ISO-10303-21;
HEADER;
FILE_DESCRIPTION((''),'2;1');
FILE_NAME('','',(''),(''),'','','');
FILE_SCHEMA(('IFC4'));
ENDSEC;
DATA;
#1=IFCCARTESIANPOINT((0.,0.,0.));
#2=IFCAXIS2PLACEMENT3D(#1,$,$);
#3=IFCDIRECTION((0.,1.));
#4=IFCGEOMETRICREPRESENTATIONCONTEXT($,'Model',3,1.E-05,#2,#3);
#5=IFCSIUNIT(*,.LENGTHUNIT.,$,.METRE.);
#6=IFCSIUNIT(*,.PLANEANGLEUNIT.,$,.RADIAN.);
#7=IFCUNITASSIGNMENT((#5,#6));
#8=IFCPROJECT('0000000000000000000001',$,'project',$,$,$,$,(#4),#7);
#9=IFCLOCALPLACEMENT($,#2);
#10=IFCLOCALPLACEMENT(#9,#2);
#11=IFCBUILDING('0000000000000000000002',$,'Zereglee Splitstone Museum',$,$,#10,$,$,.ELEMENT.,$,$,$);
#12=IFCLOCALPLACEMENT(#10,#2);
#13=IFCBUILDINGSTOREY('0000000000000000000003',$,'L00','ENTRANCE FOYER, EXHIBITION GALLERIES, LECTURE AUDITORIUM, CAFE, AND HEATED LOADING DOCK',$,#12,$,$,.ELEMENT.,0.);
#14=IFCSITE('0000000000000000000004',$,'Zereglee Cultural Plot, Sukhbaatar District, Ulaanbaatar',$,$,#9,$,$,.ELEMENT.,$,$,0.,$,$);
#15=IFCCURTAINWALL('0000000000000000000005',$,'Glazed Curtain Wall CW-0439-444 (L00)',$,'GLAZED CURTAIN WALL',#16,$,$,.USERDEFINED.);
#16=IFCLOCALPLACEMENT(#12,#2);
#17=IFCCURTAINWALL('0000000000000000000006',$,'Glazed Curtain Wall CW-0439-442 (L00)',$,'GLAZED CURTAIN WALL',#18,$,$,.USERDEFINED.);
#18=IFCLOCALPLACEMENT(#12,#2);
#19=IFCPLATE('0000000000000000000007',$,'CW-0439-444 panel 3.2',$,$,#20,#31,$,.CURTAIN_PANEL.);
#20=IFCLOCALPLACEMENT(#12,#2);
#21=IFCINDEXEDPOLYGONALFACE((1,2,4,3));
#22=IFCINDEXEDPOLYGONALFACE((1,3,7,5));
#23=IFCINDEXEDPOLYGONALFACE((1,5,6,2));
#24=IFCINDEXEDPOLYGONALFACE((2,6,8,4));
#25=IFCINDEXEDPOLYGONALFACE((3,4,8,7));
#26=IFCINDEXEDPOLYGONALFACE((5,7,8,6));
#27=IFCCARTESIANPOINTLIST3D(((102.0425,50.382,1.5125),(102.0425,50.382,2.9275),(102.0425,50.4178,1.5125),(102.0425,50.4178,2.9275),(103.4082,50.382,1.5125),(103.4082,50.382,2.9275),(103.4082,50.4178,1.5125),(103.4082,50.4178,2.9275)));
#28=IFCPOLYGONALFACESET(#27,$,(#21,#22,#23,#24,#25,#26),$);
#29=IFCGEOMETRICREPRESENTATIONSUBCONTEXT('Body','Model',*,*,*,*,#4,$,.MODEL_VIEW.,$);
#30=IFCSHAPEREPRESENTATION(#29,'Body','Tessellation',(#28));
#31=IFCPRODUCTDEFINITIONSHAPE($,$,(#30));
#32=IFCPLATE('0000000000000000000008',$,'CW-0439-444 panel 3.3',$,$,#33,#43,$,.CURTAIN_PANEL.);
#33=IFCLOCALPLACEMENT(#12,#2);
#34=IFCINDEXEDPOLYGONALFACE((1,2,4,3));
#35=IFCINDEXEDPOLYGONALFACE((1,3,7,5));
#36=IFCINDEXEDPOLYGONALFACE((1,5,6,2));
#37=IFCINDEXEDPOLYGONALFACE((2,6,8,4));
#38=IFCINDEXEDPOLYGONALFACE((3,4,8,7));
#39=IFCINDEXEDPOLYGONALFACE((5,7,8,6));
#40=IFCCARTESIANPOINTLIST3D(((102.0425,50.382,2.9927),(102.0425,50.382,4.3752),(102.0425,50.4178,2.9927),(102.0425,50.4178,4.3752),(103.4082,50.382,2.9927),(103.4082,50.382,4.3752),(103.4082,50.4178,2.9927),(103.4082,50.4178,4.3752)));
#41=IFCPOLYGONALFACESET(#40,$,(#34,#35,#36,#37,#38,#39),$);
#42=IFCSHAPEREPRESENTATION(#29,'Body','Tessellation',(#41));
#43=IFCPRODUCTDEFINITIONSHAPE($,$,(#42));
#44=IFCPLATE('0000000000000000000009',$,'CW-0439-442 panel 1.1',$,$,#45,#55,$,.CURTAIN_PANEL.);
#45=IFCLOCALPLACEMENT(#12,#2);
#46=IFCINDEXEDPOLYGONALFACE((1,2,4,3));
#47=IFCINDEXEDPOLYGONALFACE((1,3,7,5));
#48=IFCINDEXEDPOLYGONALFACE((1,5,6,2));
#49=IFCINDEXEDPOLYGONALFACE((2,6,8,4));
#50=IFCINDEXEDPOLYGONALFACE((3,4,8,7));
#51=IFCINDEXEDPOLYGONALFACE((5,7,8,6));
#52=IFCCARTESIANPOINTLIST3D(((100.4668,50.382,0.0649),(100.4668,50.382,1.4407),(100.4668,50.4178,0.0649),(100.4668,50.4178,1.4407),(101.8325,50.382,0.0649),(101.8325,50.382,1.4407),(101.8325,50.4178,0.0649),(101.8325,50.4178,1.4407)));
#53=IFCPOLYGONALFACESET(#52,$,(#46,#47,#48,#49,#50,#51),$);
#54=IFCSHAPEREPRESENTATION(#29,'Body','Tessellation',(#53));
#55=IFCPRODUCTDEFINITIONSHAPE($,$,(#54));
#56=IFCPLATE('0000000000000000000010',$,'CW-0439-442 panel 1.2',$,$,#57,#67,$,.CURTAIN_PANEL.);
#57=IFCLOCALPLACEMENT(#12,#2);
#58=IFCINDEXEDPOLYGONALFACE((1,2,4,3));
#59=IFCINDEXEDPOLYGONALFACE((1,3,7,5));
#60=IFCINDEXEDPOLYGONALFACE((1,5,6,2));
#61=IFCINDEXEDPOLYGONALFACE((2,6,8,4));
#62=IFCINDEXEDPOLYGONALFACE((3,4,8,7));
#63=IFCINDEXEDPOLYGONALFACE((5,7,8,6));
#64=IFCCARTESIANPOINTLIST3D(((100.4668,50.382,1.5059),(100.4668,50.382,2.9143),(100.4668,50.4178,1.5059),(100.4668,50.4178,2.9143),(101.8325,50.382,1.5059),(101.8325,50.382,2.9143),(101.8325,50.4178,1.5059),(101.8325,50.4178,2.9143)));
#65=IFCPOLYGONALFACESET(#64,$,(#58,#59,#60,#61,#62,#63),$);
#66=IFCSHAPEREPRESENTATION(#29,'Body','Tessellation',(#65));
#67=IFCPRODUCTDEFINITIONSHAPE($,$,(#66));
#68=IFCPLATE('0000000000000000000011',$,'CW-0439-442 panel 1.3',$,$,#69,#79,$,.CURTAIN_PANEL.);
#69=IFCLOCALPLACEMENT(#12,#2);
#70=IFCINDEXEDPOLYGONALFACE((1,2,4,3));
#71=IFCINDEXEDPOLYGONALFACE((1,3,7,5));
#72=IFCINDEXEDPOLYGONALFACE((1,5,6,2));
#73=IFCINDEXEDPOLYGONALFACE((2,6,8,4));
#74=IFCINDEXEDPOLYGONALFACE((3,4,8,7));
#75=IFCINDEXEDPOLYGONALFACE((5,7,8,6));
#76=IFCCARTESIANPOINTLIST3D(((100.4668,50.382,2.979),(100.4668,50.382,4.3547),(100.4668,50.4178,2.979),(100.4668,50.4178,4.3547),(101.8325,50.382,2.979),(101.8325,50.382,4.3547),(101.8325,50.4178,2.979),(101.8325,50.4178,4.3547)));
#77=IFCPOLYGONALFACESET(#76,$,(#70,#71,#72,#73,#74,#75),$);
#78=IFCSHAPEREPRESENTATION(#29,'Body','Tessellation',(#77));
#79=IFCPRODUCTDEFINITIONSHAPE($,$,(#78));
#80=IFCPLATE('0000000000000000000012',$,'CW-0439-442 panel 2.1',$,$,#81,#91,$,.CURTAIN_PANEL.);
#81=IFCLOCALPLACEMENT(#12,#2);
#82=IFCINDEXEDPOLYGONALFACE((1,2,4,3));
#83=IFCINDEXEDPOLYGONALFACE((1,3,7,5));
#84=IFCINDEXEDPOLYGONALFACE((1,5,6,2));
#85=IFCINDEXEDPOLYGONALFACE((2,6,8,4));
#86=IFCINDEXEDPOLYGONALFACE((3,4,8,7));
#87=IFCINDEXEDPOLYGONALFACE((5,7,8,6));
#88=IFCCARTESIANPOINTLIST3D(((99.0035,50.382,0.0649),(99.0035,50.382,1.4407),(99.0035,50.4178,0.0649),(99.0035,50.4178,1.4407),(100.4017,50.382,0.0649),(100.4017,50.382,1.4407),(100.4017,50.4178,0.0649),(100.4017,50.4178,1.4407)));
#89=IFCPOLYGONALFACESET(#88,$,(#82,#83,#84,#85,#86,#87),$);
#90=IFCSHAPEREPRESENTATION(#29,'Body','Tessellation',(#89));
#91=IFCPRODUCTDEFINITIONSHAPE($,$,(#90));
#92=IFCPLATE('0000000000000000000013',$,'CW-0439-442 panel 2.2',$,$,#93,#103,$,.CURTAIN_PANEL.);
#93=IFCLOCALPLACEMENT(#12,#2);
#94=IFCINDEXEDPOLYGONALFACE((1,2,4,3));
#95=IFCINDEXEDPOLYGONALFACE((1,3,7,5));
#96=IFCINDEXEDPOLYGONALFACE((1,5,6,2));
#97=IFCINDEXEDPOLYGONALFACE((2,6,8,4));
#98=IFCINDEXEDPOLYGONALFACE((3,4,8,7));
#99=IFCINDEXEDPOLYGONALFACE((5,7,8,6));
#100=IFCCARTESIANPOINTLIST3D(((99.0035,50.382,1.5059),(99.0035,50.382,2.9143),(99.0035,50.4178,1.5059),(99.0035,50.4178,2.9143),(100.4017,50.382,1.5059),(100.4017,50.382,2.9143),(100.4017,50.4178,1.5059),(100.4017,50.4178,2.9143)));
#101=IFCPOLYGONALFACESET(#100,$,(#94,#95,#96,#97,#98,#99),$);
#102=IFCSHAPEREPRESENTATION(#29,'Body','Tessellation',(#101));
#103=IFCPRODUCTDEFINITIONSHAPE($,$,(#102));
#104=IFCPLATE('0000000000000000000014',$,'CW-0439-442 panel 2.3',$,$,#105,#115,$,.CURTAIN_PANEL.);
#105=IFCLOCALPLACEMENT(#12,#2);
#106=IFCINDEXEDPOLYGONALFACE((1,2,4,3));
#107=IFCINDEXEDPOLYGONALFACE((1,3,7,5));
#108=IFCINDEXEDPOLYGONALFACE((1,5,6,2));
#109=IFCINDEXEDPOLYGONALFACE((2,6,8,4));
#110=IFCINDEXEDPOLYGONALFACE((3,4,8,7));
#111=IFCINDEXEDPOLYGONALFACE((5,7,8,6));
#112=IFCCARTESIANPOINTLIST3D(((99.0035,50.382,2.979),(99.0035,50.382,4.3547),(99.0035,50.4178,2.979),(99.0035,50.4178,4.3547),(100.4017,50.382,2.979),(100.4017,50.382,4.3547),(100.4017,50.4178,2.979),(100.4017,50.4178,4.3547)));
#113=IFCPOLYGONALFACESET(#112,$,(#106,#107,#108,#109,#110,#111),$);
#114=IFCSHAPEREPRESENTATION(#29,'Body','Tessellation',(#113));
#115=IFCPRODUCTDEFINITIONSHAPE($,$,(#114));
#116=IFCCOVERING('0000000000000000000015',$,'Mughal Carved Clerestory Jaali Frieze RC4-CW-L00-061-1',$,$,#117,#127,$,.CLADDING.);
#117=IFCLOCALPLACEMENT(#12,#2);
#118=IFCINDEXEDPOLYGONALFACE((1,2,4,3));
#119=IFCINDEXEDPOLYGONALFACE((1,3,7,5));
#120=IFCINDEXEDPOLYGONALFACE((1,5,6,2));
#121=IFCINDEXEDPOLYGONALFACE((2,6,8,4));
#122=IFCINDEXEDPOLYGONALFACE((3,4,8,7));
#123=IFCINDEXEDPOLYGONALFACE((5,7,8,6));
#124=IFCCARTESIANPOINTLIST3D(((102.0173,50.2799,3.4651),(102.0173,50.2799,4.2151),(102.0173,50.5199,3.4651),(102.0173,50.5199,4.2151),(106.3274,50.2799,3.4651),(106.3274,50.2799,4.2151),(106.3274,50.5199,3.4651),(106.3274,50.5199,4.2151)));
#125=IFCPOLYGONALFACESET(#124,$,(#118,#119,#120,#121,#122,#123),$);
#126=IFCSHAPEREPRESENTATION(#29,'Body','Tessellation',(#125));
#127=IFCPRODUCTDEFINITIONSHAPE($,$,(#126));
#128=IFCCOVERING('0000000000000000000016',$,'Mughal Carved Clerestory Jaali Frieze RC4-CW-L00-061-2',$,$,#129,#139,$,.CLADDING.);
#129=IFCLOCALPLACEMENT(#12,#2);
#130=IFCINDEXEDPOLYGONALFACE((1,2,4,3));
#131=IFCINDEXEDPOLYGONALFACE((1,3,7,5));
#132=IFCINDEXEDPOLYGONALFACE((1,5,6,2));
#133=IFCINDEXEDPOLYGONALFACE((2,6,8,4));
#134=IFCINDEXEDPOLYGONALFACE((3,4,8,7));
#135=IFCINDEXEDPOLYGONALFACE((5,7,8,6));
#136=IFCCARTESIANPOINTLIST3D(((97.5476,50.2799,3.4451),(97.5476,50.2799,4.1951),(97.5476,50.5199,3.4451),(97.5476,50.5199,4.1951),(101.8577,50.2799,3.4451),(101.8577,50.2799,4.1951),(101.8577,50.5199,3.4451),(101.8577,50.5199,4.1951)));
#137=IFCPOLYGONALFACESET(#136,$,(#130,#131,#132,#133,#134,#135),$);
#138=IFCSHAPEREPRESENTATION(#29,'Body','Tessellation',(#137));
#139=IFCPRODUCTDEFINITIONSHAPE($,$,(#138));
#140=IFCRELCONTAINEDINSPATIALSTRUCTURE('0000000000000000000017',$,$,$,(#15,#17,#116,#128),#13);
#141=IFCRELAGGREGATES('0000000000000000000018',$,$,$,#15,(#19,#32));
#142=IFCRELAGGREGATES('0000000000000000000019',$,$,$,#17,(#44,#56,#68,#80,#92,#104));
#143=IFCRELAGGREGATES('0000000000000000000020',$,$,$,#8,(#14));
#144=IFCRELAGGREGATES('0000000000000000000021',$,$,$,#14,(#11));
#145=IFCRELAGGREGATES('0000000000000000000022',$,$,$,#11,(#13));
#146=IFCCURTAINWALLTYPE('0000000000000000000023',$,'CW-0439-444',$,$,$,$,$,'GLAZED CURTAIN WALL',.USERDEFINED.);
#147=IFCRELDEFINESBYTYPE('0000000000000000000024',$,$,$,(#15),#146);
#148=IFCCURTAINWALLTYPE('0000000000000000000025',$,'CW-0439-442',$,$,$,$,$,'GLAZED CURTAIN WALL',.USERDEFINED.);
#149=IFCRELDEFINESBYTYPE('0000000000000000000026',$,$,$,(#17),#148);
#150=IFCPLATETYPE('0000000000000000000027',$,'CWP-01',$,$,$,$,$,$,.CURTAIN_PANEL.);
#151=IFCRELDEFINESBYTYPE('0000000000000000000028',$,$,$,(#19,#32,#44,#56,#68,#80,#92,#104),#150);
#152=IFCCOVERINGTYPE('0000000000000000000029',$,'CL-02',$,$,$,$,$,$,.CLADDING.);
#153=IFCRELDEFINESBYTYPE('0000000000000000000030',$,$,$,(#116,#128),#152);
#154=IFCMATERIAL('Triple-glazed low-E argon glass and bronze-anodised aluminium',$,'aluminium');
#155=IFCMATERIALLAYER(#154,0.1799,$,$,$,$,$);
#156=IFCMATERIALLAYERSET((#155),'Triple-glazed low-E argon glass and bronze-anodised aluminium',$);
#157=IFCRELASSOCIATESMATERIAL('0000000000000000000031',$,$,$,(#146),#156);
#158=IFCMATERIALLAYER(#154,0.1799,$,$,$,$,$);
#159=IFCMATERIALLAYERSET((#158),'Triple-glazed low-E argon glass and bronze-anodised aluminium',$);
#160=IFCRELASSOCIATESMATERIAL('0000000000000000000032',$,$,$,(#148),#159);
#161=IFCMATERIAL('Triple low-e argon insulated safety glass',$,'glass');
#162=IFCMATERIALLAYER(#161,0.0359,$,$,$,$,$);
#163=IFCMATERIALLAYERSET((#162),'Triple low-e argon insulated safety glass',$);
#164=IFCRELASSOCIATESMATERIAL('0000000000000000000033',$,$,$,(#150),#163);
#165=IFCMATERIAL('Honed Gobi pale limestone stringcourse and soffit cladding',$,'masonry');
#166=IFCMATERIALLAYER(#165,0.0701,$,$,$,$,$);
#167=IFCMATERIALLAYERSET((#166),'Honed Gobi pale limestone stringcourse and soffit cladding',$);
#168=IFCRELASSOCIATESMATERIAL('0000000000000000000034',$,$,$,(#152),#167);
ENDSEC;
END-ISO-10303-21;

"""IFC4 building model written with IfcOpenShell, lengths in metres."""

from ifc_helpers import new_model, si_unit, direction, frame, origin, origin_2d, place, context, subcontext, project, spatial, rectangle, extrude, material, layer, layer_set, type_object, element, aggregate, save


model = new_model("IFC4")

# Units and contexts
model_context = context("Model", 3, precision=1e-05, world=origin(), true_north=direction((0.0, 1.0)))
body_context = subcontext(model_context, "Body", "Model", "MODEL_VIEW")
ifc_project = project(units=[si_unit("LENGTHUNIT", "METRE"), si_unit("PLANEANGLEUNIT", "RADIAN")], contexts=[model_context])

# Site, building, storey
site_placement = place(None, origin())
site = spatial("IfcSite", under=ifc_project, at=site_placement, Name="Zereglee Cultural Plot, Sukhbaatar District, Ulaanbaatar", CompositionType="ELEMENT", RefElevation=0.0)
building_placement = place(site_placement, origin())
building = spatial("IfcBuilding", under=site, at=building_placement, Name="Zereglee Splitstone Museum", CompositionType="ELEMENT")
storey_placement = place(building_placement, origin())
storey = spatial("IfcBuildingStorey", under=building, at=storey_placement, Name="L00", Description="ENTRANCE FOYER, EXHIBITION GALLERIES, LECTURE AUDITORIUM, CAFE, AND HEATED LOADING DOCK", CompositionType="ELEMENT", Elevation=0.0)

# Curtain walls
ifc_material_1 = material(Name="Triple-glazed low-E argon glass and bronze-anodised aluminium", Category="aluminium")
ifc_layer_1 = layer(ifc_material_1, 0.1799)
ifc_layer_set_1 = layer_set([ifc_layer_1], Name="Triple-glazed low-E argon glass and bronze-anodised aluminium")
curtain_wall_type_1 = type_object("IfcCurtainWallType", Name="CW-0439-444", ElementType="GLAZED CURTAIN WALL", PredefinedType="USERDEFINED", material=ifc_layer_set_1)
curtain_wall_1_placement = place(storey_placement, origin())
curtain_wall_1 = element("IfcCurtainWall", 1, at=curtain_wall_1_placement, inside=storey, type_object=curtain_wall_type_1, Name="Glazed Curtain Wall CW-0439-444 (L00)", ObjectType="GLAZED CURTAIN WALL", PredefinedType="USERDEFINED")
ifc_layer_2 = layer(ifc_material_1, 0.1799)
ifc_layer_set_2 = layer_set([ifc_layer_2], Name="Triple-glazed low-E argon glass and bronze-anodised aluminium")
curtain_wall_type_2 = type_object("IfcCurtainWallType", Name="CW-0439-442", ElementType="GLAZED CURTAIN WALL", PredefinedType="USERDEFINED", material=ifc_layer_set_2)
curtain_wall_2_placement = place(storey_placement, origin())
curtain_wall_2 = element("IfcCurtainWall", 2, at=curtain_wall_2_placement, inside=storey, type_object=curtain_wall_type_2, Name="Glazed Curtain Wall CW-0439-442 (L00)", ObjectType="GLAZED CURTAIN WALL", PredefinedType="USERDEFINED")

# Plates
ifc_material_2 = material(Name="Triple low-e argon insulated safety glass", Category="glass")
ifc_layer_3 = layer(ifc_material_2, 0.0359)
ifc_layer_set_3 = layer_set([ifc_layer_3], Name="Triple low-e argon insulated safety glass")
plate_type = type_object("IfcPlateType", Name="CWP-01", PredefinedType="CURTAIN_PANEL", material=ifc_layer_set_3)
plate_1_placement = place(storey_placement, frame((102.7253, 50.3999, 1.5125), z_axis=(0.0, 0.0, 1.0), x_axis=(-1.0, 0.0, 0.0)))
plate_1 = element("IfcPlate", 3, at=plate_1_placement, type_object=plate_type, Name="CW-0439-444 panel 3.2", PredefinedType="CURTAIN_PANEL", context=body_context, shape_type="SweptSolid", body=[
    extrude(rectangle(XDim=1.3657, YDim=0.0359, at=origin_2d()), origin(), (0.0, 0.0, 1.0), 1.415),
])
plate_2_placement = place(storey_placement, frame((102.7253, 50.3999, 2.9927), z_axis=(0.0, 0.0, 1.0), x_axis=(-1.0, 0.0, 0.0)))
plate_2 = element("IfcPlate", 4, at=plate_2_placement, type_object=plate_type, Name="CW-0439-444 panel 3.3", PredefinedType="CURTAIN_PANEL", context=body_context, shape_type="SweptSolid", body=[
    extrude(rectangle(XDim=1.3657, YDim=0.0359, at=origin_2d()), origin(), (0.0, 0.0, 1.0), 1.3826),
])
aggregate(curtain_wall_1, [plate_1, plate_2])
plate_3_placement = place(storey_placement, frame((101.1497, 50.3999, 0.0649), z_axis=(0.0, 0.0, 1.0), x_axis=(-1.0, 0.0, 0.0)))
plate_3 = element("IfcPlate", 5, at=plate_3_placement, type_object=plate_type, Name="CW-0439-442 panel 1.1", PredefinedType="CURTAIN_PANEL", context=body_context, shape_type="SweptSolid", body=[
    extrude(rectangle(XDim=1.3657, YDim=0.0359, at=origin_2d()), origin(), (0.0, 0.0, 1.0), 1.3757),
])
plate_4_placement = place(storey_placement, frame((101.1497, 50.3999, 1.5059), z_axis=(0.0, 0.0, 1.0), x_axis=(-1.0, 0.0, 0.0)))
plate_4 = element("IfcPlate", 6, at=plate_4_placement, type_object=plate_type, Name="CW-0439-442 panel 1.2", PredefinedType="CURTAIN_PANEL", context=body_context, shape_type="SweptSolid", body=[
    extrude(rectangle(XDim=1.3657, YDim=0.0359, at=origin_2d()), origin(), (0.0, 0.0, 1.0), 1.4084),
])
plate_5_placement = place(storey_placement, frame((101.1497, 50.3999, 2.979), z_axis=(0.0, 0.0, 1.0), x_axis=(-1.0, 0.0, 0.0)))
plate_5 = element("IfcPlate", 7, at=plate_5_placement, type_object=plate_type, Name="CW-0439-442 panel 1.3", PredefinedType="CURTAIN_PANEL", context=body_context, shape_type="SweptSolid", body=[
    extrude(rectangle(XDim=1.3657, YDim=0.0359, at=origin_2d()), origin(), (0.0, 0.0, 1.0), 1.3757),
])
plate_6_placement = place(storey_placement, frame((99.7026, 50.3999, 0.0649), z_axis=(0.0, 0.0, 1.0), x_axis=(-1.0, 0.0, 0.0)))
plate_6 = element("IfcPlate", 8, at=plate_6_placement, type_object=plate_type, Name="CW-0439-442 panel 2.1", PredefinedType="CURTAIN_PANEL", context=body_context, shape_type="SweptSolid", body=[
    extrude(rectangle(XDim=1.3982, YDim=0.0359, at=origin_2d()), origin(), (0.0, 0.0, 1.0), 1.3757),
])
plate_7_placement = place(storey_placement, frame((99.7026, 50.3999, 1.5059), z_axis=(0.0, 0.0, 1.0), x_axis=(-1.0, 0.0, 0.0)))
plate_7 = element("IfcPlate", 9, at=plate_7_placement, type_object=plate_type, Name="CW-0439-442 panel 2.2", PredefinedType="CURTAIN_PANEL", context=body_context, shape_type="SweptSolid", body=[
    extrude(rectangle(XDim=1.3982, YDim=0.0359, at=origin_2d()), origin(), (0.0, 0.0, 1.0), 1.4084),
])
plate_8_placement = place(storey_placement, frame((99.7026, 50.3999, 2.979), z_axis=(0.0, 0.0, 1.0), x_axis=(-1.0, 0.0, 0.0)))
plate_8 = element("IfcPlate", 10, at=plate_8_placement, type_object=plate_type, Name="CW-0439-442 panel 2.3", PredefinedType="CURTAIN_PANEL", context=body_context, shape_type="SweptSolid", body=[
    extrude(rectangle(XDim=1.3982, YDim=0.0359, at=origin_2d()), origin(), (0.0, 0.0, 1.0), 1.3757),
])
aggregate(curtain_wall_2, [plate_3, plate_4, plate_5, plate_6, plate_7, plate_8])

# Coverings
ifc_material_3 = material(Name="Honed Gobi pale limestone stringcourse and soffit cladding", Category="masonry")
ifc_layer_4 = layer(ifc_material_3, 0.0701)
ifc_layer_set_4 = layer_set([ifc_layer_4], Name="Honed Gobi pale limestone stringcourse and soffit cladding")
covering_type = type_object("IfcCoveringType", Name="CL-02", PredefinedType="CLADDING", material=ifc_layer_set_4)
for number, where, z_axis, x_axis, name in (
    (11, (104.1724, 50.3999, 3.4651), (0.0, 0.0, 1.0), (-1.0, 0.0, 0.0), "Mughal Carved Clerestory Jaali Frieze RC4-CW-L00-061-1"),
    (12, (99.7026, 50.3999, 3.4451), (0.0, 0.0, 1.0), (-1.0, 0.0, 0.0), "Mughal Carved Clerestory Jaali Frieze RC4-CW-L00-061-2"),
):
    element("IfcCovering", number, at=place(storey_placement, frame(where, z_axis=z_axis, x_axis=x_axis)), inside=storey, type_object=covering_type, Name=name, PredefinedType="CLADDING", context=body_context, shape_type="SweptSolid", body=[
        extrude(rectangle(XDim=4.3101, YDim=0.24, at=origin_2d()), origin(), (0.0, 0.0, 1.0), 0.75),
    ])

save(model, "model.ifc")
